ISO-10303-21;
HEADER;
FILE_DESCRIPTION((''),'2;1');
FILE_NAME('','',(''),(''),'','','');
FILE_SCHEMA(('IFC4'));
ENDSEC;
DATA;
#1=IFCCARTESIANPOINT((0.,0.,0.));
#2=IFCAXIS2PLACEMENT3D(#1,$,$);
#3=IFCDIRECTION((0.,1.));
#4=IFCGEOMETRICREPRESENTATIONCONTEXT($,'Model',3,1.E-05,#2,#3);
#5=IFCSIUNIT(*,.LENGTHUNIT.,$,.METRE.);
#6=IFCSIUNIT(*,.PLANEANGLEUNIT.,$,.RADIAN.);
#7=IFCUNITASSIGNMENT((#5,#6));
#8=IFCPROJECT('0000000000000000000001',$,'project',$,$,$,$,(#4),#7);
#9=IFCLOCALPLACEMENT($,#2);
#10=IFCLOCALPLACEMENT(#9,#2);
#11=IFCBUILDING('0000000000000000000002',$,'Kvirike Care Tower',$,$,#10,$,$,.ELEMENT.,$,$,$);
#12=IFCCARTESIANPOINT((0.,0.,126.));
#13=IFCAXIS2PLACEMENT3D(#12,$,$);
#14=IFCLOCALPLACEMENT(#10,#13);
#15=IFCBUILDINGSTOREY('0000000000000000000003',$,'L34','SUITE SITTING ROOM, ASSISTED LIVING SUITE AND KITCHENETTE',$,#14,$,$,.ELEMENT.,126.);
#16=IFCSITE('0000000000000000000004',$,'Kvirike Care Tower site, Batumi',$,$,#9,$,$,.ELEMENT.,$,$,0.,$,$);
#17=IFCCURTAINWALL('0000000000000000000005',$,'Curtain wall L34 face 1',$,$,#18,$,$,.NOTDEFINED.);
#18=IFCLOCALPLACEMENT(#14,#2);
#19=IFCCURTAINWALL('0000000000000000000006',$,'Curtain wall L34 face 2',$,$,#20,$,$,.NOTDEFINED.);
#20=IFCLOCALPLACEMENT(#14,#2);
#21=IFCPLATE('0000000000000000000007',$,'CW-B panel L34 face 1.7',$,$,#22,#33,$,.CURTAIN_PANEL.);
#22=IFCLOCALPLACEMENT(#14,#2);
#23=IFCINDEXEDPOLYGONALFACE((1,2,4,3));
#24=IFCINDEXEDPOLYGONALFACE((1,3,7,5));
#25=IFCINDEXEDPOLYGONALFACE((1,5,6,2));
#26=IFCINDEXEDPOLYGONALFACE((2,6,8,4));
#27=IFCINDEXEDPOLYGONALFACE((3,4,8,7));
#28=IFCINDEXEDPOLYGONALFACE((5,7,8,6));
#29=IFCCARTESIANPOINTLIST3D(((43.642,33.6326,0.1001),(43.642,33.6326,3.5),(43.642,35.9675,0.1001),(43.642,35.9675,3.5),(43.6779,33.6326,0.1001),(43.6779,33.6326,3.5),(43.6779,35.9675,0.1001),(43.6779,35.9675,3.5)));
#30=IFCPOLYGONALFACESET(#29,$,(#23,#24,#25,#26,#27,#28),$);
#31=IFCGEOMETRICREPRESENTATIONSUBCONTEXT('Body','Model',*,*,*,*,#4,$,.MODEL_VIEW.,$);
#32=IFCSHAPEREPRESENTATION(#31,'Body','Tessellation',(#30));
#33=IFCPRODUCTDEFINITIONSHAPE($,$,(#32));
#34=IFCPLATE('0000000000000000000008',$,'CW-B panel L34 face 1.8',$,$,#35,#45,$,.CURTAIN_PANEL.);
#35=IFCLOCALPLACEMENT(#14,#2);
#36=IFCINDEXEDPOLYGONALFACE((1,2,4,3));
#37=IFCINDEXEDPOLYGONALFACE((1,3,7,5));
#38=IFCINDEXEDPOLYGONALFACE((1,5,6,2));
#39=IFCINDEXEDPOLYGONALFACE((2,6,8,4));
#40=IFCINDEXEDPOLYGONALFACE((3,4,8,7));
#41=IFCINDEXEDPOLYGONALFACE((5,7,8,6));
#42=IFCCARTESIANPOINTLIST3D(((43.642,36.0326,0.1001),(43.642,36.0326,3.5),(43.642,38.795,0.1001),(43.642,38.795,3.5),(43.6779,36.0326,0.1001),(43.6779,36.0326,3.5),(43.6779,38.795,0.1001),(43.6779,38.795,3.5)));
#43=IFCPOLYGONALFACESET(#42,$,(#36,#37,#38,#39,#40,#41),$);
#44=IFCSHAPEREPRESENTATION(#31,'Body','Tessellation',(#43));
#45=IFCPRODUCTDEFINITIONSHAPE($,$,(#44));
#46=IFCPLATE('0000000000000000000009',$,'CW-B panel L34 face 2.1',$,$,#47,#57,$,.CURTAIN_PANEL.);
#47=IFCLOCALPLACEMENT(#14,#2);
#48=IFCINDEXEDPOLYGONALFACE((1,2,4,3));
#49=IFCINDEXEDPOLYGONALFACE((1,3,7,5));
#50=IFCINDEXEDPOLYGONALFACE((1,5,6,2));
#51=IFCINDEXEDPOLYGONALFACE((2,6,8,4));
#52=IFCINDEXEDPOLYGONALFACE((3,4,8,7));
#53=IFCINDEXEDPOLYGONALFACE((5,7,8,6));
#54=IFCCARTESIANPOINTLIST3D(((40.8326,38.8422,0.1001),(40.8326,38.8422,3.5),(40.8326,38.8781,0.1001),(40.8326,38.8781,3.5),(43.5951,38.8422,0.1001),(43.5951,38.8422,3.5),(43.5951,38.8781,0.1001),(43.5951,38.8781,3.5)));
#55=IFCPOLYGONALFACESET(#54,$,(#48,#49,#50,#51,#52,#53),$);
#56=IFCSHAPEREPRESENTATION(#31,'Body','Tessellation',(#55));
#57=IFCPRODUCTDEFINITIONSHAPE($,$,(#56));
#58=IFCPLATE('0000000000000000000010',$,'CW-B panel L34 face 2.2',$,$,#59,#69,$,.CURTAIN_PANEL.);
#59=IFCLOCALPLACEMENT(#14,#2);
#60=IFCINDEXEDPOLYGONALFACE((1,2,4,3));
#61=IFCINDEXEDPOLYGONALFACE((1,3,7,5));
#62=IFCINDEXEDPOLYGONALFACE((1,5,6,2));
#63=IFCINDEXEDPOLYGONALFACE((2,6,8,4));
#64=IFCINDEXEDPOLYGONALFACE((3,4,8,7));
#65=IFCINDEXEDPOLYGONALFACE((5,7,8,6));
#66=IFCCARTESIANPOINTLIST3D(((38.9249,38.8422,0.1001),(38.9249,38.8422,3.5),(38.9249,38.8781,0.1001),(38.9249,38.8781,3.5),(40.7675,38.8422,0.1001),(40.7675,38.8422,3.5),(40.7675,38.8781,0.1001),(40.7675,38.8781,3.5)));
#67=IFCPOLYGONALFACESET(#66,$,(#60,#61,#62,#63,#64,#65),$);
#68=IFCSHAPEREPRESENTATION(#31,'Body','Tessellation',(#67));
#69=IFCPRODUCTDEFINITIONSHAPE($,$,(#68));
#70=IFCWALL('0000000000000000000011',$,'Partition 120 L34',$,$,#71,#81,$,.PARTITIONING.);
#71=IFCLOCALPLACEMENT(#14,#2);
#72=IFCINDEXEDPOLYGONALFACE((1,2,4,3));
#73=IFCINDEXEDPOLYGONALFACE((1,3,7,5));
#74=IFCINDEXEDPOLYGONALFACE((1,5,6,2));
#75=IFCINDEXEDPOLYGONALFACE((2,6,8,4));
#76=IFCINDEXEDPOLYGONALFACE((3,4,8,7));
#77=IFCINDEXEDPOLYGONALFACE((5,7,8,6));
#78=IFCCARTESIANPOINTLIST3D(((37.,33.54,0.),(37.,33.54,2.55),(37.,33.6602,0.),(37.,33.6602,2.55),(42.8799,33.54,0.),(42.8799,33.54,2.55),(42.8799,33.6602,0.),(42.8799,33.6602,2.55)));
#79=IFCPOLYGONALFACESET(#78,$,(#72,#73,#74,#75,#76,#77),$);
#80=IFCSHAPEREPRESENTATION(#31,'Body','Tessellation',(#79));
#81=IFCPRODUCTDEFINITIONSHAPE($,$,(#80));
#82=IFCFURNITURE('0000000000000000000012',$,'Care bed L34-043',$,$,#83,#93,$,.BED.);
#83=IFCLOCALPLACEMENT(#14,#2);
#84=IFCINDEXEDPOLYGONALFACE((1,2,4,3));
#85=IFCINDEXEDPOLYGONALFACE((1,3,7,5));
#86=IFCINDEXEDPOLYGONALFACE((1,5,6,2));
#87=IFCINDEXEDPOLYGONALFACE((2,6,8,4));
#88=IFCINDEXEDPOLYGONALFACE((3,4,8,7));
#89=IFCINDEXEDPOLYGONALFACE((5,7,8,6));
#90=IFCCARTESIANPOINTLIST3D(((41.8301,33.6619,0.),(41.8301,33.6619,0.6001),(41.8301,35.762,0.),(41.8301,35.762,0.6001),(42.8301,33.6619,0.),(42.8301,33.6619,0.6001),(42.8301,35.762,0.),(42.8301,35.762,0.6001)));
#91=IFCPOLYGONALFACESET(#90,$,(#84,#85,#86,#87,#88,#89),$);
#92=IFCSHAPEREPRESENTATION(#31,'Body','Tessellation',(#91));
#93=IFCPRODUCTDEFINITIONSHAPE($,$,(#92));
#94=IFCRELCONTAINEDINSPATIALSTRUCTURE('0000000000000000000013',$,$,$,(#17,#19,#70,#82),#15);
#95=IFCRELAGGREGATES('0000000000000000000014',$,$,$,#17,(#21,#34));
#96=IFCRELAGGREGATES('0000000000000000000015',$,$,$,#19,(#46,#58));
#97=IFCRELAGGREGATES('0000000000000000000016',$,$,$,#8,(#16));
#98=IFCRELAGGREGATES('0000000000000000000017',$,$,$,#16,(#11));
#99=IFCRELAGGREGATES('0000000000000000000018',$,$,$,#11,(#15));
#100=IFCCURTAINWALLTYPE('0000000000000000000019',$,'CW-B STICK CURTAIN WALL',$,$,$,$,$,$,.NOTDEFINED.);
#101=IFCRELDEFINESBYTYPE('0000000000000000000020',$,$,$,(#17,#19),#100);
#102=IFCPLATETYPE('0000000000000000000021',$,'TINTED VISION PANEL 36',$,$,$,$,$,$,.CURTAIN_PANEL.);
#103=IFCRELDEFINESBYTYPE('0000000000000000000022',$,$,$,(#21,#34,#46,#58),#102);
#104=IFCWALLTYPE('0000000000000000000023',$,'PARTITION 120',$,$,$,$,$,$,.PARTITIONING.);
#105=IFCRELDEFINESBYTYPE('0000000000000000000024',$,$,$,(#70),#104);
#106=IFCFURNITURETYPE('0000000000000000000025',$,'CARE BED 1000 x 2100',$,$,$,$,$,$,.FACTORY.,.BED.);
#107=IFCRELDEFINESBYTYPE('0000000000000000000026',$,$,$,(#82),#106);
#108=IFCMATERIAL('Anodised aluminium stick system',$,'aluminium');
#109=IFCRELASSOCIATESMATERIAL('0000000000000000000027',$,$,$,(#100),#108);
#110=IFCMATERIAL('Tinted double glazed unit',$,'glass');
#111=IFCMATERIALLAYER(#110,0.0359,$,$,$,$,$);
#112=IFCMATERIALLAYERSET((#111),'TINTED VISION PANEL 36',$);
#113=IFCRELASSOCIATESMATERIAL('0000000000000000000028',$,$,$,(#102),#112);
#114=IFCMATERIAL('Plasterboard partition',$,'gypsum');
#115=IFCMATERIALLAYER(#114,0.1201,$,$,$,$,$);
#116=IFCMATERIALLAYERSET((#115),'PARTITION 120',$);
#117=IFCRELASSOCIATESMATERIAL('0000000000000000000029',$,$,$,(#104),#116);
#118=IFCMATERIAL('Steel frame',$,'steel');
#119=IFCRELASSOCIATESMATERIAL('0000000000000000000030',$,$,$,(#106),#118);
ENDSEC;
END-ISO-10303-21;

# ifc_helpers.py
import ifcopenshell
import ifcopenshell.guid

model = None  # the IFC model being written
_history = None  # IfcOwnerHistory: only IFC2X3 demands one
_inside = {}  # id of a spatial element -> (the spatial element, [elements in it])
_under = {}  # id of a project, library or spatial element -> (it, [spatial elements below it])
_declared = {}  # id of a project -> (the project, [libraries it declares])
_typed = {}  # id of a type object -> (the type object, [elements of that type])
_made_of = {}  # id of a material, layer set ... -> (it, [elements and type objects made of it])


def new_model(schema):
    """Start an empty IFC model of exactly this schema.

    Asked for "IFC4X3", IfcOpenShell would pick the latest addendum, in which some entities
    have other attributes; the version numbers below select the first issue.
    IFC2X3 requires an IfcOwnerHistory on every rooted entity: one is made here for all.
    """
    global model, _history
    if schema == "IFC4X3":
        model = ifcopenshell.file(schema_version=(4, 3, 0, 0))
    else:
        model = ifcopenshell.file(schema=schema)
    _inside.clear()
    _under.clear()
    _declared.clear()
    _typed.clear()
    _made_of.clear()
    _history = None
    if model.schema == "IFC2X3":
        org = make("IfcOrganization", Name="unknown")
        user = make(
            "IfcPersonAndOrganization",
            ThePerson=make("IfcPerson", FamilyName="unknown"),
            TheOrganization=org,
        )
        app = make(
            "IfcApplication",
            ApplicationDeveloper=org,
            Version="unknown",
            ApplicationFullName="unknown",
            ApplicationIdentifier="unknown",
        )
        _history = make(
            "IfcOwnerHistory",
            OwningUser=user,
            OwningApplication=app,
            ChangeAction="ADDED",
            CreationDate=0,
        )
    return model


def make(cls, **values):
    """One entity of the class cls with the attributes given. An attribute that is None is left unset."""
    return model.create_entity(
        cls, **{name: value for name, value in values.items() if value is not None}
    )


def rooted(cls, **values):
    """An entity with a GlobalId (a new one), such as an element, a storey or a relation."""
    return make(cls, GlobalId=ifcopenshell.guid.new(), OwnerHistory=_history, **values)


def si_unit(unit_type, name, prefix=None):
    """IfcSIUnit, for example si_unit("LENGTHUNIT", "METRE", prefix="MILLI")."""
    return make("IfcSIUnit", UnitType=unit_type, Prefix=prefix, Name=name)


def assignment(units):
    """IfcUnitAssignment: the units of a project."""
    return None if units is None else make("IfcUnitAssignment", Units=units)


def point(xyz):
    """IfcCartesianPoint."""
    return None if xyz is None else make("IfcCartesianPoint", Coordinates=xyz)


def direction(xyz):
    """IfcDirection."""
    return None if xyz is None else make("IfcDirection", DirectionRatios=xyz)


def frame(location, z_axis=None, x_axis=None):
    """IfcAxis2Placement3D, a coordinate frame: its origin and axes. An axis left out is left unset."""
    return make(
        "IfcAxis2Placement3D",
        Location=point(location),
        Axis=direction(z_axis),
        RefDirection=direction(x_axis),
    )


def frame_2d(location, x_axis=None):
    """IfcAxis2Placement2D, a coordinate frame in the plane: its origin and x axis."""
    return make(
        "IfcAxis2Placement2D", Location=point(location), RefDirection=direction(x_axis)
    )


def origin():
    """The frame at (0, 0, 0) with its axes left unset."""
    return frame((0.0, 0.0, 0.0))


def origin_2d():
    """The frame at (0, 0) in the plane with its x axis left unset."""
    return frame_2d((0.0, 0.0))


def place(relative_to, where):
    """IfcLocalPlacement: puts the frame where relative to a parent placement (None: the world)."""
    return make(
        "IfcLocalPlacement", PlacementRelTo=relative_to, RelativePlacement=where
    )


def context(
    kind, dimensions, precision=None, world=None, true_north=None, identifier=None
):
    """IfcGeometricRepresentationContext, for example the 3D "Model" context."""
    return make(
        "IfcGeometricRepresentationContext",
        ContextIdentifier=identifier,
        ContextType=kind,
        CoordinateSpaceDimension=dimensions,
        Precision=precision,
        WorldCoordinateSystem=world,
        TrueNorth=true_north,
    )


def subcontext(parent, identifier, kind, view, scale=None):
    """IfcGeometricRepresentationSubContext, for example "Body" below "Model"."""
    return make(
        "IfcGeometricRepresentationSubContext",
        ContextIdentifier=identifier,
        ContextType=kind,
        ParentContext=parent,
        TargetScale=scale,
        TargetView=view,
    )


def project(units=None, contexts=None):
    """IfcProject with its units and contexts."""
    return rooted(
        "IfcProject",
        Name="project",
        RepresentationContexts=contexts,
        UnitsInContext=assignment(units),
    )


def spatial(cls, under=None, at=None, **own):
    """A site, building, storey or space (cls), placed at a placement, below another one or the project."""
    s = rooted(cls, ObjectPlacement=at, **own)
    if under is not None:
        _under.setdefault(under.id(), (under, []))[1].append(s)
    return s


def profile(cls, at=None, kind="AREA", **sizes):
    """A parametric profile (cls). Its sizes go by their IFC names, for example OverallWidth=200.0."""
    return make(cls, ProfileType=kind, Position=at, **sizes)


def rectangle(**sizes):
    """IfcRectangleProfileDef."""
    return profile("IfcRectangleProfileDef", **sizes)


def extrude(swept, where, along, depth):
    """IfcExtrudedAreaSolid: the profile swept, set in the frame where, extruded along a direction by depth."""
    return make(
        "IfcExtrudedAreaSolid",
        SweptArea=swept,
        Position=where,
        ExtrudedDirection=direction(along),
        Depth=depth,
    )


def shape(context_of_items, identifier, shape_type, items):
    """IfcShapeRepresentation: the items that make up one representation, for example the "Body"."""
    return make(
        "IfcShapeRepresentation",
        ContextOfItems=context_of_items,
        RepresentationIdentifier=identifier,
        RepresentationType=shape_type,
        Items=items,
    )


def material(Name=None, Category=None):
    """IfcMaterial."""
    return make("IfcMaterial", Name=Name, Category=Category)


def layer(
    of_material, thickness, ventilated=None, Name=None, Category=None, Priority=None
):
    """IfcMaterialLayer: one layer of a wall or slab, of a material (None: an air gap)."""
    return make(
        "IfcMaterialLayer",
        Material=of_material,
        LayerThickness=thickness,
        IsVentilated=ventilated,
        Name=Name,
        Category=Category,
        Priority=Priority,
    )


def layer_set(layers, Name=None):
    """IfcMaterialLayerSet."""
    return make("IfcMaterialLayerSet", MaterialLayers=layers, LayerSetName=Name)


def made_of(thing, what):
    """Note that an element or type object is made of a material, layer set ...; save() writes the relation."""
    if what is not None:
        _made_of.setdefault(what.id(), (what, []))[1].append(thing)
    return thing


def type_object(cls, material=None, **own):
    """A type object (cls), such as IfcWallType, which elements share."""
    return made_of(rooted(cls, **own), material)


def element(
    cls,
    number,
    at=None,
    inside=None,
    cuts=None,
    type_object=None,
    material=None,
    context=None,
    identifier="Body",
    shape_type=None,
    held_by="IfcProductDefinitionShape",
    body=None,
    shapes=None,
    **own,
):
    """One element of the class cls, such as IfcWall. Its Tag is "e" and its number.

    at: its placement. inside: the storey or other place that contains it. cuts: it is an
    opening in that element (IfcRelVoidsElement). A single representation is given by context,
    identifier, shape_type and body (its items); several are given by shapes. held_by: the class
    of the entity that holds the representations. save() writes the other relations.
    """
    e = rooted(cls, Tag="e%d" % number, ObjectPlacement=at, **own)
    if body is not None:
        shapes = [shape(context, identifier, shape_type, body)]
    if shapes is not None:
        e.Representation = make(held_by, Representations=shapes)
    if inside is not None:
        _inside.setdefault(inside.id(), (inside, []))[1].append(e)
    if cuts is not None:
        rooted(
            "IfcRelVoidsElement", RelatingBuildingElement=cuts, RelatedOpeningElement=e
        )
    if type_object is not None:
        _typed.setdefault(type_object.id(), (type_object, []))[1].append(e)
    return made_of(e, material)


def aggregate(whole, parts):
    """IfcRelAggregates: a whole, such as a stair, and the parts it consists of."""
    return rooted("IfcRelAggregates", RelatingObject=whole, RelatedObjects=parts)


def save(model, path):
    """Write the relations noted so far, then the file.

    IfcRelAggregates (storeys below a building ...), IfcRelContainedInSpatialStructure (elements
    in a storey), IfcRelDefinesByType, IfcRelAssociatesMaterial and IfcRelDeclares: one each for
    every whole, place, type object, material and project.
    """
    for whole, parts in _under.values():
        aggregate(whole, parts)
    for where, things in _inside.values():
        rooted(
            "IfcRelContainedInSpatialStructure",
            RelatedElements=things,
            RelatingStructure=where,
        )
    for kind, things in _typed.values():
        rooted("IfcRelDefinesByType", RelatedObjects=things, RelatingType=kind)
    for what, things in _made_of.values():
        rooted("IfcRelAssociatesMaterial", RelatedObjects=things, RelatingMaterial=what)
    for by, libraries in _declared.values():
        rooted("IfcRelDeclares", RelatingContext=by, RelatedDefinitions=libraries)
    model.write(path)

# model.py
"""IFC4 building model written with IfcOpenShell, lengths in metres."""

from ifc_helpers import new_model, si_unit, direction, frame, frame_2d, origin, origin_2d, place, context, subcontext, project, spatial, rectangle, extrude, material, layer, layer_set, type_object, element, aggregate, save


model = new_model("IFC4")

# Units and contexts
model_context = context("Model", 3, precision=1e-05, world=origin(), true_north=direction((0.0, 1.0)))
body_context = subcontext(model_context, "Body", "Model", "MODEL_VIEW")
ifc_project = project(units=[si_unit("LENGTHUNIT", "METRE"), si_unit("PLANEANGLEUNIT", "RADIAN")], contexts=[model_context])

# Site, building, storey
site_placement = place(None, origin())
site = spatial("IfcSite", under=ifc_project, at=site_placement, Name="Kvirike Care Tower site, Batumi", CompositionType="ELEMENT", RefElevation=0.0)
building_placement = place(site_placement, origin())
building = spatial("IfcBuilding", under=site, at=building_placement, Name="Kvirike Care Tower", CompositionType="ELEMENT")
storey_placement = place(building_placement, frame((0.0, 0.0, 126.0)))
storey = spatial("IfcBuildingStorey", under=building, at=storey_placement, Name="L34", Description="SUITE SITTING ROOM, ASSISTED LIVING SUITE AND KITCHENETTE", CompositionType="ELEMENT", Elevation=126.0)

# Curtain walls
ifc_material_1 = material(Name="Anodised aluminium stick system", Category="aluminium")
curtain_wall_type = type_object("IfcCurtainWallType", Name="CW-B STICK CURTAIN WALL", PredefinedType="NOTDEFINED", material=ifc_material_1)
curtain_wall_1_placement = place(storey_placement, origin())
curtain_wall_1 = element("IfcCurtainWall", 1, at=curtain_wall_1_placement, inside=storey, type_object=curtain_wall_type, Name="Curtain wall L34 face 1", PredefinedType="NOTDEFINED")
curtain_wall_2_placement = place(storey_placement, origin())
curtain_wall_2 = element("IfcCurtainWall", 2, at=curtain_wall_2_placement, inside=storey, type_object=curtain_wall_type, Name="Curtain wall L34 face 2", PredefinedType="NOTDEFINED")

# Plates
ifc_material_2 = material(Name="Tinted double glazed unit", Category="glass")
ifc_layer_1 = layer(ifc_material_2, 0.0359)
ifc_layer_set_1 = layer_set([ifc_layer_1], Name="TINTED VISION PANEL 36")
plate_type = type_object("IfcPlateType", Name="TINTED VISION PANEL 36", PredefinedType="CURTAIN_PANEL", material=ifc_layer_set_1)
plate_1_placement = place(storey_placement, frame((43.6599, 34.8, 0.1001), z_axis=(0.0, 0.0, 1.0), x_axis=(0.0, 1.0, 0.0)))
plate_1 = element("IfcPlate", 3, at=plate_1_placement, type_object=plate_type, Name="CW-B panel L34 face 1.7", PredefinedType="CURTAIN_PANEL", context=body_context, shape_type="SweptSolid", body=[
    extrude(rectangle(XDim=2.335, YDim=0.0359, at=origin_2d()), origin(), (0.0, 0.0, 1.0), 3.3999),
])
plate_2_placement = place(storey_placement, frame((43.6599, 37.4138, 0.1001), z_axis=(0.0, 0.0, 1.0), x_axis=(0.0, 1.0, 0.0)))
plate_2 = element("IfcPlate", 4, at=plate_2_placement, type_object=plate_type, Name="CW-B panel L34 face 1.8", PredefinedType="CURTAIN_PANEL", context=body_context, shape_type="SweptSolid", body=[
    extrude(rectangle(XDim=2.7625, YDim=0.0359, at=origin_2d()), origin(), (0.0, 0.0, 1.0), 3.3999),
])
aggregate(curtain_wall_1, [plate_1, plate_2])
plate_3_placement = place(storey_placement, frame((42.2139, 38.8601, 0.1001), z_axis=(0.0, 0.0, 1.0), x_axis=(-1.0, 0.0, 0.0)))
plate_3 = element("IfcPlate", 5, at=plate_3_placement, type_object=plate_type, Name="CW-B panel L34 face 2.1", PredefinedType="CURTAIN_PANEL", context=body_context, shape_type="SweptSolid", body=[
    extrude(rectangle(XDim=2.7625, YDim=0.0359, at=origin_2d()), origin(), (0.0, 0.0, 1.0), 3.3999),
])
plate_4_placement = place(storey_placement, frame((39.8462, 38.8601, 0.1001), z_axis=(0.0, 0.0, 1.0), x_axis=(-1.0, 0.0, 0.0)))
plate_4 = element("IfcPlate", 6, at=plate_4_placement, type_object=plate_type, Name="CW-B panel L34 face 2.2", PredefinedType="CURTAIN_PANEL", context=body_context, shape_type="SweptSolid", body=[
    extrude(rectangle(XDim=1.8425, YDim=0.0359, at=origin_2d()), origin(), (0.0, 0.0, 1.0), 3.3999),
])
aggregate(curtain_wall_2, [plate_3, plate_4])

# Wall
ifc_material_3 = material(Name="Plasterboard partition", Category="gypsum")
ifc_layer_2 = layer(ifc_material_3, 0.1201)
ifc_layer_set_2 = layer_set([ifc_layer_2], Name="PARTITION 120")
wall_type = type_object("IfcWallType", Name="PARTITION 120", PredefinedType="PARTITIONING", material=ifc_layer_set_2)
wall_placement = place(storey_placement, frame((42.8799, 33.6001, 0.0), z_axis=(0.0, 0.0, 1.0), x_axis=(-1.0, 0.0, 0.0)))
element("IfcWall", 7, at=wall_placement, inside=storey, type_object=wall_type, Name="Partition 120 L34", PredefinedType="PARTITIONING", context=body_context, shape_type="SweptSolid", body=[
    extrude(rectangle(XDim=5.8799, YDim=0.1201, at=frame_2d((2.9399, 0.0))), origin(), (0.0, 0.0, 1.0), 2.55),
])

# Furniture
ifc_material_4 = material(Name="Steel frame", Category="steel")
furniture_type = type_object("IfcFurnitureType", Name="CARE BED 1000 x 2100", AssemblyPlace="FACTORY", PredefinedType="BED", material=ifc_material_4)
furniture_placement = place(storey_placement, frame((42.3301, 34.7119, 0.0), z_axis=(0.0, 0.0, 1.0), x_axis=(-1.0, 0.0, 0.0)))
element("IfcFurniture", 8, at=furniture_placement, inside=storey, type_object=furniture_type, Name="Care bed L34-043", PredefinedType="BED", context=body_context, shape_type="SweptSolid", body=[
    extrude(rectangle(XDim=1.0, YDim=2.1001, at=origin_2d()), origin(), (0.0, 0.0, 1.0), 0.6001),
])

save(model, "model.ifc")
